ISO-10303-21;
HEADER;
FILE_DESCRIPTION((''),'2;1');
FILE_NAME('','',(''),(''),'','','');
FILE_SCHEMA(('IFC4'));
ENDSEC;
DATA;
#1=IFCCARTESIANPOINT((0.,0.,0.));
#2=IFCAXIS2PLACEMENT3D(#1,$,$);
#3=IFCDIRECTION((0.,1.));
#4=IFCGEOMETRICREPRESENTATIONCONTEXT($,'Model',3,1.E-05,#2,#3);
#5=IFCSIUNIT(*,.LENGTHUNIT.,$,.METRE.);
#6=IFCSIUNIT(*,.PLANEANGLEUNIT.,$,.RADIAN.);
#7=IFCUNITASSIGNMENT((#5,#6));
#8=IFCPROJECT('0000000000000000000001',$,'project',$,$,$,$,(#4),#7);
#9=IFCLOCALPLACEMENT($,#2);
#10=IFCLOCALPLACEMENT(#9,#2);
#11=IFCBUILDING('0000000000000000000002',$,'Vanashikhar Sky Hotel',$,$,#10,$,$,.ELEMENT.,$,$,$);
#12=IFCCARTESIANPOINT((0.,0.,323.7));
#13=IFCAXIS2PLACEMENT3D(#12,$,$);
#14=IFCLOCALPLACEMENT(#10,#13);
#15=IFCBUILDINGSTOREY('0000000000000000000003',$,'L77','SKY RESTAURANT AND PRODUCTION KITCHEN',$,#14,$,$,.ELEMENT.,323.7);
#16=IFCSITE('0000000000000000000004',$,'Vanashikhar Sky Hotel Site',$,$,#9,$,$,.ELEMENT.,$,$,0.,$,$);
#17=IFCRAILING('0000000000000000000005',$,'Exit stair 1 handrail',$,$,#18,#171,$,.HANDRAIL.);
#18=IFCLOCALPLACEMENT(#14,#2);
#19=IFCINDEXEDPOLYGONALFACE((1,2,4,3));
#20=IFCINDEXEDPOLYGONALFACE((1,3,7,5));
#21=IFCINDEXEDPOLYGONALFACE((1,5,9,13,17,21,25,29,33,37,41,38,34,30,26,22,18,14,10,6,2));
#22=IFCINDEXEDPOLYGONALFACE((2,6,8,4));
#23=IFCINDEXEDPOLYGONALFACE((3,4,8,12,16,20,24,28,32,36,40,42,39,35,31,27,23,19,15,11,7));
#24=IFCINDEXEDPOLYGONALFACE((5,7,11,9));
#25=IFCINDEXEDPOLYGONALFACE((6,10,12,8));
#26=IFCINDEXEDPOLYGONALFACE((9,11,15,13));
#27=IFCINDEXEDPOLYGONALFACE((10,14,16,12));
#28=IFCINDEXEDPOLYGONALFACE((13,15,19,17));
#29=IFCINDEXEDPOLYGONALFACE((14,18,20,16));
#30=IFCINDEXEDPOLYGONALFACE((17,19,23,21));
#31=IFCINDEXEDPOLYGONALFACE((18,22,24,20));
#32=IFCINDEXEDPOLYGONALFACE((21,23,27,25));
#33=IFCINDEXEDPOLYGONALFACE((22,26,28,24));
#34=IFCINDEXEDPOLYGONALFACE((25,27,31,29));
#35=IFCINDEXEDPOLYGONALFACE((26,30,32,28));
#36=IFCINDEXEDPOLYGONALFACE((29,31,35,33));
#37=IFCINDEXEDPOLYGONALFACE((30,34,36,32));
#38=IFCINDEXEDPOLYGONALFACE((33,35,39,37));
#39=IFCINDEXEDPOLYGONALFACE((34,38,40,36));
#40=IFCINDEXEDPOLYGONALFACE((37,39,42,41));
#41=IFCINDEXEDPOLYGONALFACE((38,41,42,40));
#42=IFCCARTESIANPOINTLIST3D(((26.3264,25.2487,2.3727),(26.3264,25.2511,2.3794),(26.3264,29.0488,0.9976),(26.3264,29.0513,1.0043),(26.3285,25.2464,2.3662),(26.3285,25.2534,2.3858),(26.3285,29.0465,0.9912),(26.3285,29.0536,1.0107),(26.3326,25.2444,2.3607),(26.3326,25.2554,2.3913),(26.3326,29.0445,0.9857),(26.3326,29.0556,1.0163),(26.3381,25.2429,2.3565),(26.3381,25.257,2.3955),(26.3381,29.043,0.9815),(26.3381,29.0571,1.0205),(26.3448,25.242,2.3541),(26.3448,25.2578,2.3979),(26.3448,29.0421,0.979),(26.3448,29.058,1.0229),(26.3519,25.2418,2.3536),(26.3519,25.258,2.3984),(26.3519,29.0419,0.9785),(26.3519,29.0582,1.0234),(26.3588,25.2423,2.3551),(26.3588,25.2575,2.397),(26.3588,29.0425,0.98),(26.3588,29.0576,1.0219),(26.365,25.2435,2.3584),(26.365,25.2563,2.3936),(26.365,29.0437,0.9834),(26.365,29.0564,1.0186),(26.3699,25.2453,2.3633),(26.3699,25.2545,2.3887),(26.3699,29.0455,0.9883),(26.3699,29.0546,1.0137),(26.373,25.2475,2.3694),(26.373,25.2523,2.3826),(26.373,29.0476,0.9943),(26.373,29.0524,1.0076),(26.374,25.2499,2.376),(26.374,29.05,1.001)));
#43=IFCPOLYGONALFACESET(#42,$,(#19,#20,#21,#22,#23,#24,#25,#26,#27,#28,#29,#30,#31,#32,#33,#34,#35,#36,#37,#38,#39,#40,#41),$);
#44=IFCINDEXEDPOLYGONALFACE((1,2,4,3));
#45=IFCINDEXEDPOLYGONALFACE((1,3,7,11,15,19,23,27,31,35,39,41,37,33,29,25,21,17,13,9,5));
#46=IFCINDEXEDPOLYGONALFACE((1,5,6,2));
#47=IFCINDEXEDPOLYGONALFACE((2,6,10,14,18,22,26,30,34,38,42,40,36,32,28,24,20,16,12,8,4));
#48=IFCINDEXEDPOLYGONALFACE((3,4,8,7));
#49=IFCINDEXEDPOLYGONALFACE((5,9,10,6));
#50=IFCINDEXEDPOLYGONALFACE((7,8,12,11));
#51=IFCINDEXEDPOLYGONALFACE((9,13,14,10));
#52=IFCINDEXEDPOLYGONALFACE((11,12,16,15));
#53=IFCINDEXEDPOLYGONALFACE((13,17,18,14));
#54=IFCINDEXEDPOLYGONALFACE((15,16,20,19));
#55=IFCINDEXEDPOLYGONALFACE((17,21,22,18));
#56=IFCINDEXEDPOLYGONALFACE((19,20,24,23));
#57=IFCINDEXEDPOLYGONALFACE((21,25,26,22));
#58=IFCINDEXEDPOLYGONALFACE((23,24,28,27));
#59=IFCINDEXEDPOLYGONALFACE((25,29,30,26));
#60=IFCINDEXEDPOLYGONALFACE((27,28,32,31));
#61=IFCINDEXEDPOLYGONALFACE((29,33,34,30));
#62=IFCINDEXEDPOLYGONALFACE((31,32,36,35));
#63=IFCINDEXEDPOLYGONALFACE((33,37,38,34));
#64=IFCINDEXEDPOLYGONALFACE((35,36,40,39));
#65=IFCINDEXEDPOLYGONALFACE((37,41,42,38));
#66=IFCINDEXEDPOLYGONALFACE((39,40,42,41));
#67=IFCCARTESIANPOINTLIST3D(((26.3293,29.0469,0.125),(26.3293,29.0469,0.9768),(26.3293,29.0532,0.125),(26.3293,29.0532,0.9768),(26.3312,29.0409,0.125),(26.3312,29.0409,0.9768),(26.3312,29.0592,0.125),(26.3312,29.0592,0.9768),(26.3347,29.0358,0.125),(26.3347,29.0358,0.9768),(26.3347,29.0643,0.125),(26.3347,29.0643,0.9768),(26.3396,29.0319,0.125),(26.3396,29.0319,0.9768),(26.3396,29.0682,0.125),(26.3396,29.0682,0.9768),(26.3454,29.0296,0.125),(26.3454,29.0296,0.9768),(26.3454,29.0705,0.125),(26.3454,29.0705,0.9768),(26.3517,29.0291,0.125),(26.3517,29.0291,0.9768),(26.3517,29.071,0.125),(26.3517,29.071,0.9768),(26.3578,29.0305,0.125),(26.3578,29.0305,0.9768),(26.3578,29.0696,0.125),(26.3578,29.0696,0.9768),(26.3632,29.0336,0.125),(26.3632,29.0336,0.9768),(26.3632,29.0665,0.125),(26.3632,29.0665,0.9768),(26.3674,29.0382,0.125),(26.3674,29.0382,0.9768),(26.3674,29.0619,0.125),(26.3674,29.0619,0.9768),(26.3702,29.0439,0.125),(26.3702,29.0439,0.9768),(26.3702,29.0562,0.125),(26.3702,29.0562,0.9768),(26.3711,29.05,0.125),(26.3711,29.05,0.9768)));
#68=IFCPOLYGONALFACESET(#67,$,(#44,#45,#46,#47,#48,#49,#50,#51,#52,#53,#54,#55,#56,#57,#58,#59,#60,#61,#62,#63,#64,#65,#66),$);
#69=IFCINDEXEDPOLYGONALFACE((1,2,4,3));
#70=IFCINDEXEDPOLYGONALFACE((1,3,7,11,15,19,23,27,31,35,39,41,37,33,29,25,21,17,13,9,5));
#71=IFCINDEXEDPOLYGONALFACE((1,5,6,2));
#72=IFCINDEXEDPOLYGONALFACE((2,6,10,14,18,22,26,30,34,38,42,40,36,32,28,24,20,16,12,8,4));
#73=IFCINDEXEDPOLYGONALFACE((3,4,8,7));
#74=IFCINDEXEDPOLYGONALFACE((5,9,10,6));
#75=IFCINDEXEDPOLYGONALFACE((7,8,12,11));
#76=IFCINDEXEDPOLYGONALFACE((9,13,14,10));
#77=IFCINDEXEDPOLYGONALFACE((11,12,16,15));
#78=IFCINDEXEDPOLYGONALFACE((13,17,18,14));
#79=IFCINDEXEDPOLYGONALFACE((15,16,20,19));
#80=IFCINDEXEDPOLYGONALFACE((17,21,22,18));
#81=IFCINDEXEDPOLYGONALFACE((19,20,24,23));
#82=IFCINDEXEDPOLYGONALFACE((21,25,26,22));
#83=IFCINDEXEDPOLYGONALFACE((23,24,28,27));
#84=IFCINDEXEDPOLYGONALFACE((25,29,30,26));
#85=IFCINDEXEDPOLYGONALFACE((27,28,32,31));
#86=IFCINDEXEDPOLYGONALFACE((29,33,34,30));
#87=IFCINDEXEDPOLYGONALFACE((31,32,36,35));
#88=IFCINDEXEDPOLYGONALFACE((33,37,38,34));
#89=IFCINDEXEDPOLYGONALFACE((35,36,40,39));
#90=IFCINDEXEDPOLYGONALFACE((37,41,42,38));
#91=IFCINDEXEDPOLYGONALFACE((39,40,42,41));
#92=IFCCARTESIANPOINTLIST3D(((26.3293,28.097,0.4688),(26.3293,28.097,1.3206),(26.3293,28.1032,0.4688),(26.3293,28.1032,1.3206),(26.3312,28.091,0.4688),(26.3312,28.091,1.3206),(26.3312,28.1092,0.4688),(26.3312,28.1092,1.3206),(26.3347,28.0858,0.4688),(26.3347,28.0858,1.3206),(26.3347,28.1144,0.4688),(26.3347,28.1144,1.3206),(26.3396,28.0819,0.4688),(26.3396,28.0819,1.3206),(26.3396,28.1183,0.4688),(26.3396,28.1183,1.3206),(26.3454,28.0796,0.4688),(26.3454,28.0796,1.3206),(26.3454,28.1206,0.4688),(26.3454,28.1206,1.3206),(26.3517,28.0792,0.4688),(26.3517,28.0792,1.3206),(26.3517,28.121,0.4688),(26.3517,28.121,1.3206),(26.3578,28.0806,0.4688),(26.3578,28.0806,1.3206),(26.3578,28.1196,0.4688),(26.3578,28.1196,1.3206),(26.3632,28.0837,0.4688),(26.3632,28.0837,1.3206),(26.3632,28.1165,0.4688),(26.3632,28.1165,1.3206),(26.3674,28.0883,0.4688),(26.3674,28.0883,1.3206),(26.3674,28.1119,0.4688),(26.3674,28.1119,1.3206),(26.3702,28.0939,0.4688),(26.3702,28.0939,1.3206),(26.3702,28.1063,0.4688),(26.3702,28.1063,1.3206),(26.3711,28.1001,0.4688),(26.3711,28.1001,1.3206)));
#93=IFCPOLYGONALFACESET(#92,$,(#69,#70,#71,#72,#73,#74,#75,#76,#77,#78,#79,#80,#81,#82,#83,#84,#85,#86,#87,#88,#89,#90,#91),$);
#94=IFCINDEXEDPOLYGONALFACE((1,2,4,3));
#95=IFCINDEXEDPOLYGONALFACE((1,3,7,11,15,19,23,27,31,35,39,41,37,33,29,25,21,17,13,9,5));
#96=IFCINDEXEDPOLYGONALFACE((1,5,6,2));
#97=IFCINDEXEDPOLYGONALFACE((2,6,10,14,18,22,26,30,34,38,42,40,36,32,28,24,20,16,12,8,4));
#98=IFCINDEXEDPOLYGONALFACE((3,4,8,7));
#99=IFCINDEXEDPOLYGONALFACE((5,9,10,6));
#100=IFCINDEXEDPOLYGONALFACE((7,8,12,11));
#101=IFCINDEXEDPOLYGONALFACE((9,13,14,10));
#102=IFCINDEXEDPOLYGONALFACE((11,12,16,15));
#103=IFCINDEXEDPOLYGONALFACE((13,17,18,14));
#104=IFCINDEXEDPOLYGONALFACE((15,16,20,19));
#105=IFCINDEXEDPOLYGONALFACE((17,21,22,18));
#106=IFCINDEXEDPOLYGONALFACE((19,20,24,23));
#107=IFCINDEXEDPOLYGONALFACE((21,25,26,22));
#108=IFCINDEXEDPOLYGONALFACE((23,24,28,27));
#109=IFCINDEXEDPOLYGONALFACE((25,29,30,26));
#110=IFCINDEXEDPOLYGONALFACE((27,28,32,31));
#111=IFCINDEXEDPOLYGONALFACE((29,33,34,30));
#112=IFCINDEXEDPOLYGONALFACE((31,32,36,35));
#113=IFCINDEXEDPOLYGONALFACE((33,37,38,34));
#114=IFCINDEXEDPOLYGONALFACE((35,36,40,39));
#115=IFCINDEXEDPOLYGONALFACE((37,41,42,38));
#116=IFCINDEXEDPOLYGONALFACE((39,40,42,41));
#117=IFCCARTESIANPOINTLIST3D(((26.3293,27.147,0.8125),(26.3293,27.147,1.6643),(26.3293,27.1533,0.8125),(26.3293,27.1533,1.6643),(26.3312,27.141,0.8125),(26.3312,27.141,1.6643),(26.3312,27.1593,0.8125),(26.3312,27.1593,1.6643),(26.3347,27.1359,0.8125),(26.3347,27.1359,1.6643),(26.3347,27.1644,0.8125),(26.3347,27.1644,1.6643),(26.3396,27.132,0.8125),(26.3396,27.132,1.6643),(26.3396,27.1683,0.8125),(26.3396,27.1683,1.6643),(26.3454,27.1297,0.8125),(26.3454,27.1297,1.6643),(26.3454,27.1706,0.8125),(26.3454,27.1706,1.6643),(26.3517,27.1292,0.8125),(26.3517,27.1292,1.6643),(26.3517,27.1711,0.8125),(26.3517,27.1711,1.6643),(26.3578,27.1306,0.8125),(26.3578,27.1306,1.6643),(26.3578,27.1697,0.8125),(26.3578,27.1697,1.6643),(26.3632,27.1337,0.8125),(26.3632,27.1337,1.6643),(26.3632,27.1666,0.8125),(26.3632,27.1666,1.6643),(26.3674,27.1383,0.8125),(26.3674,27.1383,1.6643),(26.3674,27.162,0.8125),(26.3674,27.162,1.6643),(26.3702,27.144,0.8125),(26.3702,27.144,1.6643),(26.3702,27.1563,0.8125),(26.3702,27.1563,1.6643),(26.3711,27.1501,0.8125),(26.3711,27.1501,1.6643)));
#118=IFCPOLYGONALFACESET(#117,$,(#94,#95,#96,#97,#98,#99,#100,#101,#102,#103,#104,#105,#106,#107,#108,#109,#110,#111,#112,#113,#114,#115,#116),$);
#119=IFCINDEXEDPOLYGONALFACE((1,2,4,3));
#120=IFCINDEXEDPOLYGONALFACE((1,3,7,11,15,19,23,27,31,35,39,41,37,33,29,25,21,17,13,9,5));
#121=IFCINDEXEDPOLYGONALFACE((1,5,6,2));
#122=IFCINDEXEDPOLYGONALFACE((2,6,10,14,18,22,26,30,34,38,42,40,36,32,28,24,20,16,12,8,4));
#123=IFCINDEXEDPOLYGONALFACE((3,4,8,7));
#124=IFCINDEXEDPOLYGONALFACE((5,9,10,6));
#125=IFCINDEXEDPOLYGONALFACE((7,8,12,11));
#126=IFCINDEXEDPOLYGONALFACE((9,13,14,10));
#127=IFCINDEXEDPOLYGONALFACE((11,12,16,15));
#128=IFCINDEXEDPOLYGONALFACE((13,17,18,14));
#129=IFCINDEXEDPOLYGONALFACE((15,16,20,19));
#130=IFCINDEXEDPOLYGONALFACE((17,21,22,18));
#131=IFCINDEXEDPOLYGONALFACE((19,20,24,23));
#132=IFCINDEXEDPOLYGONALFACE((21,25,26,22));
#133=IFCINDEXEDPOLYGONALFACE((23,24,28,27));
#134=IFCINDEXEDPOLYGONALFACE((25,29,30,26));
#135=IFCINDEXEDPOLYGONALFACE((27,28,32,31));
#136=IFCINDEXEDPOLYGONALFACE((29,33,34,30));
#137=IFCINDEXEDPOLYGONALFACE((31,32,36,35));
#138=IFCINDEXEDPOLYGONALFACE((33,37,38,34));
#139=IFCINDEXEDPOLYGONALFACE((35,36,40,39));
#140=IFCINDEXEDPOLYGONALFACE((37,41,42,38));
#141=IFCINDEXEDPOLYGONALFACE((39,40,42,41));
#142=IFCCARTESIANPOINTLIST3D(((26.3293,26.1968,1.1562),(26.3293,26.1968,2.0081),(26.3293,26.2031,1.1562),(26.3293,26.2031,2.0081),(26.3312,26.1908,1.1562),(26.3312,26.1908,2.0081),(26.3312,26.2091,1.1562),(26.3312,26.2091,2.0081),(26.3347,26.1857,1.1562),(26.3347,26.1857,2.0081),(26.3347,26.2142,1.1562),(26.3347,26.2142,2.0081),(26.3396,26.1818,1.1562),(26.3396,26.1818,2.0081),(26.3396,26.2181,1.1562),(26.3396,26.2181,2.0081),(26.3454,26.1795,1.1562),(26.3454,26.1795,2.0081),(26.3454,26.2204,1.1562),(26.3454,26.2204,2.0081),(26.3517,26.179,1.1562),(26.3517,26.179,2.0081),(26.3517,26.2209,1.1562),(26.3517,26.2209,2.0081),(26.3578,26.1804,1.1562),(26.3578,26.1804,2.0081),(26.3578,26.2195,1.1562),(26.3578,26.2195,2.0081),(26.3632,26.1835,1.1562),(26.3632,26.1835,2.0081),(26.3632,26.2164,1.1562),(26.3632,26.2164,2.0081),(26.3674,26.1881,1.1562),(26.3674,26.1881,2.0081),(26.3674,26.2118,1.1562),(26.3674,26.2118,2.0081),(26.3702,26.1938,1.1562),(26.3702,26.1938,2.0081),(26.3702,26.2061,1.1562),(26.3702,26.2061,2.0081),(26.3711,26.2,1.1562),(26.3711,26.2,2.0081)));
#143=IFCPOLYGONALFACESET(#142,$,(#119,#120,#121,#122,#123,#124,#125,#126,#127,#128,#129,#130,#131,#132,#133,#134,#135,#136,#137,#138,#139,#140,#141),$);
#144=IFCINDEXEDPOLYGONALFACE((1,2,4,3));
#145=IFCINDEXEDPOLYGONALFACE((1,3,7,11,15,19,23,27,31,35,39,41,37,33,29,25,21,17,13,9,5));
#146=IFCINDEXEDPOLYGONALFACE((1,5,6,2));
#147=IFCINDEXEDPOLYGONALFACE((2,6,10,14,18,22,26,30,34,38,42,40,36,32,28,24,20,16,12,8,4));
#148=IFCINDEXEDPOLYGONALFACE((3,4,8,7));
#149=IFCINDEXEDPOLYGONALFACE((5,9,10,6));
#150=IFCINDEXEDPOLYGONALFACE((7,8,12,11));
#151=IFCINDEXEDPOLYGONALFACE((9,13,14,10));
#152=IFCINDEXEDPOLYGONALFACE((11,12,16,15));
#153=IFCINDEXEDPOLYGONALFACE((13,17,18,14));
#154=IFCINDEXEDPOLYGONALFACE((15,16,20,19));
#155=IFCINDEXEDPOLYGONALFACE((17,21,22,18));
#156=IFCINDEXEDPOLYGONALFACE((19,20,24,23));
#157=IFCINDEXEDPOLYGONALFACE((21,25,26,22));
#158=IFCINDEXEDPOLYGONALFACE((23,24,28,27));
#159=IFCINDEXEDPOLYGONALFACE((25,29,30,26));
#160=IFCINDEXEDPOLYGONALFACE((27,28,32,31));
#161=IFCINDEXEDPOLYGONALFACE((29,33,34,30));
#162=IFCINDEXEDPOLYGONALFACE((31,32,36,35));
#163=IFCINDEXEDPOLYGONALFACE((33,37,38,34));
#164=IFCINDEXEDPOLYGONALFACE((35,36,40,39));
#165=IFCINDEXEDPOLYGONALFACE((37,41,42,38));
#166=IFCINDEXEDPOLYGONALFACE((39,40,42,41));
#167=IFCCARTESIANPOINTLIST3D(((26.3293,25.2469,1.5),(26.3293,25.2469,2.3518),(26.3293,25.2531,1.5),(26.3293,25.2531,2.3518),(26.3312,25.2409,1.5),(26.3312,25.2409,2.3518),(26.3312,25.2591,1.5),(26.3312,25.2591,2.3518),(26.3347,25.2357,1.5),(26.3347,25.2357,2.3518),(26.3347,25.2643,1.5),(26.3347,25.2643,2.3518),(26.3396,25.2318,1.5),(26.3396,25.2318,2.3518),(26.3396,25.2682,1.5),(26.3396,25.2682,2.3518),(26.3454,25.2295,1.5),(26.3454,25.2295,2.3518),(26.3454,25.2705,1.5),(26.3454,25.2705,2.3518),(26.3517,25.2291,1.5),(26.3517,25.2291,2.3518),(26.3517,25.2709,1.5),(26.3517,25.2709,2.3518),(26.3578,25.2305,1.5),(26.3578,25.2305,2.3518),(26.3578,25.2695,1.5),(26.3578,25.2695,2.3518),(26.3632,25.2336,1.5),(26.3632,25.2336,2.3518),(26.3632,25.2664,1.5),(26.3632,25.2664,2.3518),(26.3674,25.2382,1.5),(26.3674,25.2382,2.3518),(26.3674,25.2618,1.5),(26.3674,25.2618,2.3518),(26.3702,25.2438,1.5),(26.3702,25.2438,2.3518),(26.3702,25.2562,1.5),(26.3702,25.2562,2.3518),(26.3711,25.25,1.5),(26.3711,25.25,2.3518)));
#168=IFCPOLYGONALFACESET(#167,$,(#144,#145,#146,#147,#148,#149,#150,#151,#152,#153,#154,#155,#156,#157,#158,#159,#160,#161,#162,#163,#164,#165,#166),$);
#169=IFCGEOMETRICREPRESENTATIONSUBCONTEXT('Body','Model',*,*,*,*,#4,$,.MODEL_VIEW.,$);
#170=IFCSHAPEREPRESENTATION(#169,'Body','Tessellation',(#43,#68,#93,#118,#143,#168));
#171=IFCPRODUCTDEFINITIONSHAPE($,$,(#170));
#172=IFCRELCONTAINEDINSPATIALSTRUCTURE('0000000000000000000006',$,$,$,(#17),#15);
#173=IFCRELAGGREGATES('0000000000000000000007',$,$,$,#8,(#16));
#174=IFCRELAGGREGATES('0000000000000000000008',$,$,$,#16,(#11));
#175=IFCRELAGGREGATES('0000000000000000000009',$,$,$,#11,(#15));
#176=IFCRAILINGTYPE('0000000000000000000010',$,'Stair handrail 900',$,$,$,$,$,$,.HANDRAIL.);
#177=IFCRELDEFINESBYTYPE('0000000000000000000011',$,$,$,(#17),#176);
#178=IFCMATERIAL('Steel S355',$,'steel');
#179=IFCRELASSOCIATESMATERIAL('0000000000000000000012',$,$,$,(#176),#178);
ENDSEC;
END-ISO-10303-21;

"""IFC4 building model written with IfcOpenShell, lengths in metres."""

from ifc_helpers import new_model, si_unit, direction, frame, origin, origin_2d, place, context, subcontext, project, spatial, circle, extrude, source, transform, mapped, material, type_object, element, save


model = new_model("IFC4")

# Units and contexts
model_context = context("Model", 3, precision=1e-05, world=origin(), true_north=direction((0.0, 1.0)))
body_context = subcontext(model_context, "Body", "Model", "MODEL_VIEW")
ifc_project = project(units=[si_unit("LENGTHUNIT", "METRE"), si_unit("PLANEANGLEUNIT", "RADIAN")], contexts=[model_context])

# Site, building, storey
site_placement = place(None, origin())
site = spatial("IfcSite", under=ifc_project, at=site_placement, Name="Vanashikhar Sky Hotel Site", CompositionType="ELEMENT", RefElevation=0.0)
building_placement = place(site_placement, origin())
building = spatial("IfcBuilding", under=site, at=building_placement, Name="Vanashikhar Sky Hotel", CompositionType="ELEMENT")
storey_placement = place(building_placement, frame((0.0, 0.0, 323.7)))
storey = spatial("IfcBuildingStorey", under=building, at=storey_placement, Name="L77", Description="SKY RESTAURANT AND PRODUCTION KITCHEN", CompositionType="ELEMENT", Elevation=323.7)

# Railing
ifc_material_1 = material(Name="Steel S355", Category="steel")
railing_type_1 = type_object("IfcRailingType", Name="Stair handrail 900", PredefinedType="HANDRAIL", material=ifc_material_1)
shared_shape_1 = source(origin(), body_context, "Body", "SweptSolid", [
    extrude(circle(Radius=0.0239, at=origin_2d()), frame((0.0, 0.0, 0.876), z_axis=(0.0, -0.940336, 0.340249), x_axis=(1.0, 0.0, 0.0)), (0.0, 0.0, 1.0), 4.0413),
    extrude(circle(Radius=0.021, at=origin_2d()), origin(), (0.0, 0.0, 1.0), 0.8518),
    extrude(circle(Radius=0.021, at=origin_2d()), frame((0.0, -0.95, 0.3438)), (0.0, 0.0, 1.0), 0.8518),
    extrude(circle(Radius=0.021, at=origin_2d()), frame((0.0, -1.8999, 0.6875)), (0.0, 0.0, 1.0), 0.8518),
    extrude(circle(Radius=0.021, at=origin_2d()), frame((0.0, -2.8501, 1.0312)), (0.0, 0.0, 1.0), 0.8518),
    extrude(circle(Radius=0.021, at=origin_2d()), frame((0.0, -3.8, 1.375)), (0.0, 0.0, 1.0), 0.8518),
])
for number, where, name in (
    (1, (26.3501, 29.05, 0.125), "Exit stair 1 handrail"),
):
    element("IfcRailing", number, at=place(storey_placement, frame(where)), inside=storey, type_object=railing_type_1, Name=name, PredefinedType="HANDRAIL", context=body_context, shape_type="MappedRepresentation", body=[
        mapped(shared_shape_1, transform((0.0, 0.0, 0.0), scale=1.0)),
    ])

save(model, "model.ifc")
